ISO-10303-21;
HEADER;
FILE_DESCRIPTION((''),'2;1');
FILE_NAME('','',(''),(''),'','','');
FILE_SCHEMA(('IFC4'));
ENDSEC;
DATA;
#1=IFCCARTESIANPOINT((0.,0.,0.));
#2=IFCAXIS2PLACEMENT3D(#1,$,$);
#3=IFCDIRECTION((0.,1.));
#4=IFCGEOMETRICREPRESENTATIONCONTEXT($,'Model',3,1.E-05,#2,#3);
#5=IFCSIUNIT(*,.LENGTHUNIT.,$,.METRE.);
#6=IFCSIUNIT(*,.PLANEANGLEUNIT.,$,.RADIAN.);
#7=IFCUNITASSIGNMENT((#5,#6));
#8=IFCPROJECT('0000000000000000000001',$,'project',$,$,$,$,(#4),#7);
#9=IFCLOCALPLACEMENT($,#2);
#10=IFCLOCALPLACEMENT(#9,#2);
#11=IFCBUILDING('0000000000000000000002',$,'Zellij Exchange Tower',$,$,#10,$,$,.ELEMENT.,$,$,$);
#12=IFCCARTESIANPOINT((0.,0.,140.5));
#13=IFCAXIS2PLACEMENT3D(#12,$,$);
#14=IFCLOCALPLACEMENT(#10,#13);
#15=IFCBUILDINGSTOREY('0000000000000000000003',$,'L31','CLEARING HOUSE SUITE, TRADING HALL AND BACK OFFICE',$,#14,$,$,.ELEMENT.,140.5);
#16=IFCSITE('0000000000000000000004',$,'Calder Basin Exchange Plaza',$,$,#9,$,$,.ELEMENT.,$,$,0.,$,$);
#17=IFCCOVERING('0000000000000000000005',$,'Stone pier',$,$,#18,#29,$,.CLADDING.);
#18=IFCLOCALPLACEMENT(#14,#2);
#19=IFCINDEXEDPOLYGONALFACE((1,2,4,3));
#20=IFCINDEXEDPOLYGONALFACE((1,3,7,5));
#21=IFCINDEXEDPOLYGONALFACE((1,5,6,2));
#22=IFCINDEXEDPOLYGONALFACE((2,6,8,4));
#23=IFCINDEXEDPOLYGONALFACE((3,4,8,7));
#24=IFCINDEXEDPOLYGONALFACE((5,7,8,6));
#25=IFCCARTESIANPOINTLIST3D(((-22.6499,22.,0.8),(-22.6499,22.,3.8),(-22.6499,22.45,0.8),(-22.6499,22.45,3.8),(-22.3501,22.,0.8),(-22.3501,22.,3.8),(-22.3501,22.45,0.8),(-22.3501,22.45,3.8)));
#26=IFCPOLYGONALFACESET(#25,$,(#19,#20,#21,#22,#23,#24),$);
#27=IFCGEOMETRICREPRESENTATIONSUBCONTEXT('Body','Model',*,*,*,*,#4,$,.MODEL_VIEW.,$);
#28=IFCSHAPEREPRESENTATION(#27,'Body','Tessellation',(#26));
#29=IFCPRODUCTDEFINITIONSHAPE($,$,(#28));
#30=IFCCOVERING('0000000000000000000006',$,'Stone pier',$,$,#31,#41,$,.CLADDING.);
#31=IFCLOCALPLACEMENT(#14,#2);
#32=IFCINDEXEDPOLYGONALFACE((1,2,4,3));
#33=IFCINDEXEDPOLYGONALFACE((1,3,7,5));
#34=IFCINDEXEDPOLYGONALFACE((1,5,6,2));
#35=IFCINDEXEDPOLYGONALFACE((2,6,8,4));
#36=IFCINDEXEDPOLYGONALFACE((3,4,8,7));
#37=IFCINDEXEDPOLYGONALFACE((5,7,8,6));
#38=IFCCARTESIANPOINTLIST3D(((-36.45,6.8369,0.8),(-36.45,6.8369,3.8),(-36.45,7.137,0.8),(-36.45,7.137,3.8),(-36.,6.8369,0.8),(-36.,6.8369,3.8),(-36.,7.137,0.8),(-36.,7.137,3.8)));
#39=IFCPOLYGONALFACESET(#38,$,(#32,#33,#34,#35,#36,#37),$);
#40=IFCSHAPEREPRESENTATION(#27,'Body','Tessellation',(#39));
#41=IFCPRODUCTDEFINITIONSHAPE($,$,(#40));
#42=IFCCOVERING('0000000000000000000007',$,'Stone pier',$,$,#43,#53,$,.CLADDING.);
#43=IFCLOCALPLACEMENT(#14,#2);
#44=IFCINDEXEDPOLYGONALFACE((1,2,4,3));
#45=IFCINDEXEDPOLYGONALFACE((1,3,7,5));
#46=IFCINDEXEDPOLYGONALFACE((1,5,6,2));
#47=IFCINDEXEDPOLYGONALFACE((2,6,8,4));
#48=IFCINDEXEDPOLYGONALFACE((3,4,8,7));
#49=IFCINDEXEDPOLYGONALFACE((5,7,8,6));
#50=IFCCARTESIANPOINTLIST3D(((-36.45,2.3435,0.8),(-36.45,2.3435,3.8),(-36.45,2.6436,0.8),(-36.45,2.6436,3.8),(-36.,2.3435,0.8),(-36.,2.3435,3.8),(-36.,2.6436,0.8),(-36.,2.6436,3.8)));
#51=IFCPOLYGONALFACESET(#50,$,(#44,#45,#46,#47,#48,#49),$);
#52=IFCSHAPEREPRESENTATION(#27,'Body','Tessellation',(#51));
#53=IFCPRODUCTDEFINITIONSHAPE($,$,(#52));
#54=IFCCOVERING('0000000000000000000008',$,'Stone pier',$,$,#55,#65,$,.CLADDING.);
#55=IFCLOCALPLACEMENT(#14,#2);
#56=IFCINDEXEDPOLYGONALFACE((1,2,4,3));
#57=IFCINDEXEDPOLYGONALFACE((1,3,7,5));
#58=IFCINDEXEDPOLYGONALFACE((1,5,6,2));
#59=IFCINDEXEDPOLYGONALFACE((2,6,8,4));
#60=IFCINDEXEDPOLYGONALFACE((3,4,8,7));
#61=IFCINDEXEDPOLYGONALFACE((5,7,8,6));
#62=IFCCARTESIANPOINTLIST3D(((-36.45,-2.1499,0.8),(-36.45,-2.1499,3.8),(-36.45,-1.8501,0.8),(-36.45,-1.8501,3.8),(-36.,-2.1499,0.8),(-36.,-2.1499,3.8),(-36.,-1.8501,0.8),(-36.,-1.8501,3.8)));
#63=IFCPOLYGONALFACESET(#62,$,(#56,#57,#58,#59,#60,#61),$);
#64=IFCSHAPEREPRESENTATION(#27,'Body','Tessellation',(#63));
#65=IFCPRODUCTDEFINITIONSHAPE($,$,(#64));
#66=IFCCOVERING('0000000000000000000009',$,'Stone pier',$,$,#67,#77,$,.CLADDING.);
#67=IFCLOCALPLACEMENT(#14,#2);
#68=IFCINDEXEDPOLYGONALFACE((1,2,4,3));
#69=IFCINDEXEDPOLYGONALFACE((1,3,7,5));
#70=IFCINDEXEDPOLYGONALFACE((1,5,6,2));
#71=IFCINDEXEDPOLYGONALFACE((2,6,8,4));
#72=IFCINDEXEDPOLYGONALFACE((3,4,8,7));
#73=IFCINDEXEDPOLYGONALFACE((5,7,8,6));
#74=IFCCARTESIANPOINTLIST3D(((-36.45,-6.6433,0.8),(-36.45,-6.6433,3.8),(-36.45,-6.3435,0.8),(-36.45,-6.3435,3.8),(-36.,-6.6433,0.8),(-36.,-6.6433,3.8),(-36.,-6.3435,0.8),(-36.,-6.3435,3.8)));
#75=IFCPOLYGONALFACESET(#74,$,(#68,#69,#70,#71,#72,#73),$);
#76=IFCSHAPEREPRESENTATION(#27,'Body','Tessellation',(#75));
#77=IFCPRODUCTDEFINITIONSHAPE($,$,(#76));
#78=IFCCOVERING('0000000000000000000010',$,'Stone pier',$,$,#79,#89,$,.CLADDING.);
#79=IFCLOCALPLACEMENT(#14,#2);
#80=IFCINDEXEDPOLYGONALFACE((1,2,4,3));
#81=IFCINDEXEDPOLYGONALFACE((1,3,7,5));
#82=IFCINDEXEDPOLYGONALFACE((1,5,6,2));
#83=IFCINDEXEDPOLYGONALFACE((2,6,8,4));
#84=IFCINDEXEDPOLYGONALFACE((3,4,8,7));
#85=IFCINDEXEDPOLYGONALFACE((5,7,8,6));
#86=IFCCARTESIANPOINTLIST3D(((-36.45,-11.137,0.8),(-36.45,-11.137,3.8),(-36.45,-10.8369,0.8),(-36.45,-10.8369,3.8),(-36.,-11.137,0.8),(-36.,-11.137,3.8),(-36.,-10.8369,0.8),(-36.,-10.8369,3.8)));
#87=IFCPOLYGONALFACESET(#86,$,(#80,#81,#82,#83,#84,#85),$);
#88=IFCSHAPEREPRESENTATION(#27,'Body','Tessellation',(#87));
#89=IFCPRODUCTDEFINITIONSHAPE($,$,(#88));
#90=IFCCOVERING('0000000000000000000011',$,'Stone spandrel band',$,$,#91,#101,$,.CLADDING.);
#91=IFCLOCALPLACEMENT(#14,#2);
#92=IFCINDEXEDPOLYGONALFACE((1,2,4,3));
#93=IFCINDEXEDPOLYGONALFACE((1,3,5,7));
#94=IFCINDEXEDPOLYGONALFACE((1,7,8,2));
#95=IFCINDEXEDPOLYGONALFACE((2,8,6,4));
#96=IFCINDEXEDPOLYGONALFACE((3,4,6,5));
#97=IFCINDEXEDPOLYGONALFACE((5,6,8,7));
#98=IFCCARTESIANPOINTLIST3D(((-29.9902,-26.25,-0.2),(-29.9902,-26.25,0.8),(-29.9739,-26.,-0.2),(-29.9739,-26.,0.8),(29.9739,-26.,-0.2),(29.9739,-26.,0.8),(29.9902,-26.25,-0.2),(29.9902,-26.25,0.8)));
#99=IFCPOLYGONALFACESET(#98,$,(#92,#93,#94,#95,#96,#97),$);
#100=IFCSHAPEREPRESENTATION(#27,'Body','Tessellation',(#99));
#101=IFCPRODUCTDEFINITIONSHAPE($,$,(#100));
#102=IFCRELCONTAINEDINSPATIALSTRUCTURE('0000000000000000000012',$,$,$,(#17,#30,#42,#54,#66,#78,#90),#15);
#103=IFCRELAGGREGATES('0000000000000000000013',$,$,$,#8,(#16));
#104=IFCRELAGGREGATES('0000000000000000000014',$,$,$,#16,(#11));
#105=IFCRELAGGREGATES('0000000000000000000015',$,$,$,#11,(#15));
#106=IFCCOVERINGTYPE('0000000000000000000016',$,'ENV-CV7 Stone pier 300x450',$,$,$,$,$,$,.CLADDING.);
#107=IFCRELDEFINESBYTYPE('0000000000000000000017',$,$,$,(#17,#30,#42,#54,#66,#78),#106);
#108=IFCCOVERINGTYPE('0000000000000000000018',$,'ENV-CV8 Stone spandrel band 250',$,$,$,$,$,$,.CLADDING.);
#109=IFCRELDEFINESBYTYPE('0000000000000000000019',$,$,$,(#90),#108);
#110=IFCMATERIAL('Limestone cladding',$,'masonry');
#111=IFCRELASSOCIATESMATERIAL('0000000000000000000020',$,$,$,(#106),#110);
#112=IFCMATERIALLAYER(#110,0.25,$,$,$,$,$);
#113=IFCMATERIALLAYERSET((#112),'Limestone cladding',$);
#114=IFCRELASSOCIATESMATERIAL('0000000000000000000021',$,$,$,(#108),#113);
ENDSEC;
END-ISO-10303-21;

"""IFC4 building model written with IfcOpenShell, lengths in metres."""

from ifc_helpers import new_model, si_unit, direction, frame, origin, place, context, subcontext, project, spatial, polyline, outline, extrude, material, layer, layer_set, type_object, element, save


model = new_model("IFC4")

# Units and contexts
model_context = context("Model", 3, precision=1e-05, world=origin(), true_north=direction((0.0, 1.0)))
body_context = subcontext(model_context, "Body", "Model", "MODEL_VIEW")
ifc_project = project(units=[si_unit("LENGTHUNIT", "METRE"), si_unit("PLANEANGLEUNIT", "RADIAN")], contexts=[model_context])

# Site, building, storey
site_placement = place(None, origin())
site = spatial("IfcSite", under=ifc_project, at=site_placement, Name="Calder Basin Exchange Plaza", CompositionType="ELEMENT", RefElevation=0.0)
building_placement = place(site_placement, origin())
building = spatial("IfcBuilding", under=site, at=building_placement, Name="Zellij Exchange Tower", CompositionType="ELEMENT")
storey_placement = place(building_placement, frame((0.0, 0.0, 140.5)))
storey = spatial("IfcBuildingStorey", under=building, at=storey_placement, Name="L31", Description="CLEARING HOUSE SUITE, TRADING HALL AND BACK OFFICE", CompositionType="ELEMENT", Elevation=140.5)

# Coverings
ifc_material_1 = material(Name="Limestone cladding", Category="masonry")
covering_type_1 = type_object("IfcCoveringType", Name="ENV-CV7 Stone pier 300x450", PredefinedType="CLADDING", material=ifc_material_1)
covering_1_placement = place(storey_placement, frame((0.0, 0.0, 0.8)))
element("IfcCovering", 1, at=covering_1_placement, inside=storey, type_object=covering_type_1, Name="Stone pier", PredefinedType="CLADDING", context=body_context, shape_type="SweptSolid", body=[
    extrude(outline(polyline([(-22.3501, 22.0), (-22.6499, 22.0), (-22.6499, 22.45), (-22.3501, 22.45), (-22.3501, 22.0)])), origin(), (0.0, 0.0, 1.0), 3.0),
])
covering_2_placement = place(storey_placement, frame((0.0, 0.0, 0.8)))
element("IfcCovering", 2, at=covering_2_placement, inside=storey, type_object=covering_type_1, Name="Stone pier", PredefinedType="CLADDING", context=body_context, shape_type="SweptSolid", body=[
    extrude(outline(polyline([(-36.0, 7.137), (-36.0, 6.8369), (-36.45, 6.8369), (-36.45, 7.137), (-36.0, 7.137)])), origin(), (0.0, 0.0, 1.0), 3.0),
])
covering_3_placement = place(storey_placement, frame((0.0, 0.0, 0.8)))
element("IfcCovering", 3, at=covering_3_placement, inside=storey, type_object=covering_type_1, Name="Stone pier", PredefinedType="CLADDING", context=body_context, shape_type="SweptSolid", body=[
    extrude(outline(polyline([(-36.0, 2.6436), (-36.0, 2.3435), (-36.45, 2.3435), (-36.45, 2.6436), (-36.0, 2.6436)])), origin(), (0.0, 0.0, 1.0), 3.0),
])
covering_4_placement = place(storey_placement, frame((0.0, 0.0, 0.8)))
element("IfcCovering", 4, at=covering_4_placement, inside=storey, type_object=covering_type_1, Name="Stone pier", PredefinedType="CLADDING", context=body_context, shape_type="SweptSolid", body=[
    extrude(outline(polyline([(-36.0, -1.8501), (-36.0, -2.1499), (-36.45, -2.1499), (-36.45, -1.8501), (-36.0, -1.8501)])), origin(), (0.0, 0.0, 1.0), 3.0),
])
covering_5_placement = place(storey_placement, frame((0.0, 0.0, 0.8)))
element("IfcCovering", 5, at=covering_5_placement, inside=storey, type_object=covering_type_1, Name="Stone pier", PredefinedType="CLADDING", context=body_context, shape_type="SweptSolid", body=[
    extrude(outline(polyline([(-36.0, -6.3435), (-36.0, -6.6433), (-36.45, -6.6433), (-36.45, -6.3435), (-36.0, -6.3435)])), origin(), (0.0, 0.0, 1.0), 3.0),
])
covering_6_placement = place(storey_placement, frame((0.0, 0.0, 0.8)))
element("IfcCovering", 6, at=covering_6_placement, inside=storey, type_object=covering_type_1, Name="Stone pier", PredefinedType="CLADDING", context=body_context, shape_type="SweptSolid", body=[
    extrude(outline(polyline([(-36.0, -10.8369), (-36.0, -11.137), (-36.45, -11.137), (-36.45, -10.8369), (-36.0, -10.8369)])), origin(), (0.0, 0.0, 1.0), 3.0),
])
ifc_layer_1 = layer(ifc_material_1, 0.25)
ifc_layer_set_1 = layer_set([ifc_layer_1], Name="Limestone cladding")
covering_type_2 = type_object("IfcCoveringType", Name="ENV-CV8 Stone spandrel band 250", PredefinedType="CLADDING", material=ifc_layer_set_1)
covering_7_placement = place(storey_placement, frame((0.0, 0.0, -0.2)))
element("IfcCovering", 7, at=covering_7_placement, inside=storey, type_object=covering_type_2, Name="Stone spandrel band", PredefinedType="CLADDING", context=body_context, shape_type="SweptSolid", body=[
    extrude(outline(polyline([(-29.9739, -26.0), (29.9739, -26.0), (29.9902, -26.25), (-29.9902, -26.25), (-29.9739, -26.0)])), origin(), (0.0, 0.0, 1.0), 1.0),
])

save(model, "model.ifc")
